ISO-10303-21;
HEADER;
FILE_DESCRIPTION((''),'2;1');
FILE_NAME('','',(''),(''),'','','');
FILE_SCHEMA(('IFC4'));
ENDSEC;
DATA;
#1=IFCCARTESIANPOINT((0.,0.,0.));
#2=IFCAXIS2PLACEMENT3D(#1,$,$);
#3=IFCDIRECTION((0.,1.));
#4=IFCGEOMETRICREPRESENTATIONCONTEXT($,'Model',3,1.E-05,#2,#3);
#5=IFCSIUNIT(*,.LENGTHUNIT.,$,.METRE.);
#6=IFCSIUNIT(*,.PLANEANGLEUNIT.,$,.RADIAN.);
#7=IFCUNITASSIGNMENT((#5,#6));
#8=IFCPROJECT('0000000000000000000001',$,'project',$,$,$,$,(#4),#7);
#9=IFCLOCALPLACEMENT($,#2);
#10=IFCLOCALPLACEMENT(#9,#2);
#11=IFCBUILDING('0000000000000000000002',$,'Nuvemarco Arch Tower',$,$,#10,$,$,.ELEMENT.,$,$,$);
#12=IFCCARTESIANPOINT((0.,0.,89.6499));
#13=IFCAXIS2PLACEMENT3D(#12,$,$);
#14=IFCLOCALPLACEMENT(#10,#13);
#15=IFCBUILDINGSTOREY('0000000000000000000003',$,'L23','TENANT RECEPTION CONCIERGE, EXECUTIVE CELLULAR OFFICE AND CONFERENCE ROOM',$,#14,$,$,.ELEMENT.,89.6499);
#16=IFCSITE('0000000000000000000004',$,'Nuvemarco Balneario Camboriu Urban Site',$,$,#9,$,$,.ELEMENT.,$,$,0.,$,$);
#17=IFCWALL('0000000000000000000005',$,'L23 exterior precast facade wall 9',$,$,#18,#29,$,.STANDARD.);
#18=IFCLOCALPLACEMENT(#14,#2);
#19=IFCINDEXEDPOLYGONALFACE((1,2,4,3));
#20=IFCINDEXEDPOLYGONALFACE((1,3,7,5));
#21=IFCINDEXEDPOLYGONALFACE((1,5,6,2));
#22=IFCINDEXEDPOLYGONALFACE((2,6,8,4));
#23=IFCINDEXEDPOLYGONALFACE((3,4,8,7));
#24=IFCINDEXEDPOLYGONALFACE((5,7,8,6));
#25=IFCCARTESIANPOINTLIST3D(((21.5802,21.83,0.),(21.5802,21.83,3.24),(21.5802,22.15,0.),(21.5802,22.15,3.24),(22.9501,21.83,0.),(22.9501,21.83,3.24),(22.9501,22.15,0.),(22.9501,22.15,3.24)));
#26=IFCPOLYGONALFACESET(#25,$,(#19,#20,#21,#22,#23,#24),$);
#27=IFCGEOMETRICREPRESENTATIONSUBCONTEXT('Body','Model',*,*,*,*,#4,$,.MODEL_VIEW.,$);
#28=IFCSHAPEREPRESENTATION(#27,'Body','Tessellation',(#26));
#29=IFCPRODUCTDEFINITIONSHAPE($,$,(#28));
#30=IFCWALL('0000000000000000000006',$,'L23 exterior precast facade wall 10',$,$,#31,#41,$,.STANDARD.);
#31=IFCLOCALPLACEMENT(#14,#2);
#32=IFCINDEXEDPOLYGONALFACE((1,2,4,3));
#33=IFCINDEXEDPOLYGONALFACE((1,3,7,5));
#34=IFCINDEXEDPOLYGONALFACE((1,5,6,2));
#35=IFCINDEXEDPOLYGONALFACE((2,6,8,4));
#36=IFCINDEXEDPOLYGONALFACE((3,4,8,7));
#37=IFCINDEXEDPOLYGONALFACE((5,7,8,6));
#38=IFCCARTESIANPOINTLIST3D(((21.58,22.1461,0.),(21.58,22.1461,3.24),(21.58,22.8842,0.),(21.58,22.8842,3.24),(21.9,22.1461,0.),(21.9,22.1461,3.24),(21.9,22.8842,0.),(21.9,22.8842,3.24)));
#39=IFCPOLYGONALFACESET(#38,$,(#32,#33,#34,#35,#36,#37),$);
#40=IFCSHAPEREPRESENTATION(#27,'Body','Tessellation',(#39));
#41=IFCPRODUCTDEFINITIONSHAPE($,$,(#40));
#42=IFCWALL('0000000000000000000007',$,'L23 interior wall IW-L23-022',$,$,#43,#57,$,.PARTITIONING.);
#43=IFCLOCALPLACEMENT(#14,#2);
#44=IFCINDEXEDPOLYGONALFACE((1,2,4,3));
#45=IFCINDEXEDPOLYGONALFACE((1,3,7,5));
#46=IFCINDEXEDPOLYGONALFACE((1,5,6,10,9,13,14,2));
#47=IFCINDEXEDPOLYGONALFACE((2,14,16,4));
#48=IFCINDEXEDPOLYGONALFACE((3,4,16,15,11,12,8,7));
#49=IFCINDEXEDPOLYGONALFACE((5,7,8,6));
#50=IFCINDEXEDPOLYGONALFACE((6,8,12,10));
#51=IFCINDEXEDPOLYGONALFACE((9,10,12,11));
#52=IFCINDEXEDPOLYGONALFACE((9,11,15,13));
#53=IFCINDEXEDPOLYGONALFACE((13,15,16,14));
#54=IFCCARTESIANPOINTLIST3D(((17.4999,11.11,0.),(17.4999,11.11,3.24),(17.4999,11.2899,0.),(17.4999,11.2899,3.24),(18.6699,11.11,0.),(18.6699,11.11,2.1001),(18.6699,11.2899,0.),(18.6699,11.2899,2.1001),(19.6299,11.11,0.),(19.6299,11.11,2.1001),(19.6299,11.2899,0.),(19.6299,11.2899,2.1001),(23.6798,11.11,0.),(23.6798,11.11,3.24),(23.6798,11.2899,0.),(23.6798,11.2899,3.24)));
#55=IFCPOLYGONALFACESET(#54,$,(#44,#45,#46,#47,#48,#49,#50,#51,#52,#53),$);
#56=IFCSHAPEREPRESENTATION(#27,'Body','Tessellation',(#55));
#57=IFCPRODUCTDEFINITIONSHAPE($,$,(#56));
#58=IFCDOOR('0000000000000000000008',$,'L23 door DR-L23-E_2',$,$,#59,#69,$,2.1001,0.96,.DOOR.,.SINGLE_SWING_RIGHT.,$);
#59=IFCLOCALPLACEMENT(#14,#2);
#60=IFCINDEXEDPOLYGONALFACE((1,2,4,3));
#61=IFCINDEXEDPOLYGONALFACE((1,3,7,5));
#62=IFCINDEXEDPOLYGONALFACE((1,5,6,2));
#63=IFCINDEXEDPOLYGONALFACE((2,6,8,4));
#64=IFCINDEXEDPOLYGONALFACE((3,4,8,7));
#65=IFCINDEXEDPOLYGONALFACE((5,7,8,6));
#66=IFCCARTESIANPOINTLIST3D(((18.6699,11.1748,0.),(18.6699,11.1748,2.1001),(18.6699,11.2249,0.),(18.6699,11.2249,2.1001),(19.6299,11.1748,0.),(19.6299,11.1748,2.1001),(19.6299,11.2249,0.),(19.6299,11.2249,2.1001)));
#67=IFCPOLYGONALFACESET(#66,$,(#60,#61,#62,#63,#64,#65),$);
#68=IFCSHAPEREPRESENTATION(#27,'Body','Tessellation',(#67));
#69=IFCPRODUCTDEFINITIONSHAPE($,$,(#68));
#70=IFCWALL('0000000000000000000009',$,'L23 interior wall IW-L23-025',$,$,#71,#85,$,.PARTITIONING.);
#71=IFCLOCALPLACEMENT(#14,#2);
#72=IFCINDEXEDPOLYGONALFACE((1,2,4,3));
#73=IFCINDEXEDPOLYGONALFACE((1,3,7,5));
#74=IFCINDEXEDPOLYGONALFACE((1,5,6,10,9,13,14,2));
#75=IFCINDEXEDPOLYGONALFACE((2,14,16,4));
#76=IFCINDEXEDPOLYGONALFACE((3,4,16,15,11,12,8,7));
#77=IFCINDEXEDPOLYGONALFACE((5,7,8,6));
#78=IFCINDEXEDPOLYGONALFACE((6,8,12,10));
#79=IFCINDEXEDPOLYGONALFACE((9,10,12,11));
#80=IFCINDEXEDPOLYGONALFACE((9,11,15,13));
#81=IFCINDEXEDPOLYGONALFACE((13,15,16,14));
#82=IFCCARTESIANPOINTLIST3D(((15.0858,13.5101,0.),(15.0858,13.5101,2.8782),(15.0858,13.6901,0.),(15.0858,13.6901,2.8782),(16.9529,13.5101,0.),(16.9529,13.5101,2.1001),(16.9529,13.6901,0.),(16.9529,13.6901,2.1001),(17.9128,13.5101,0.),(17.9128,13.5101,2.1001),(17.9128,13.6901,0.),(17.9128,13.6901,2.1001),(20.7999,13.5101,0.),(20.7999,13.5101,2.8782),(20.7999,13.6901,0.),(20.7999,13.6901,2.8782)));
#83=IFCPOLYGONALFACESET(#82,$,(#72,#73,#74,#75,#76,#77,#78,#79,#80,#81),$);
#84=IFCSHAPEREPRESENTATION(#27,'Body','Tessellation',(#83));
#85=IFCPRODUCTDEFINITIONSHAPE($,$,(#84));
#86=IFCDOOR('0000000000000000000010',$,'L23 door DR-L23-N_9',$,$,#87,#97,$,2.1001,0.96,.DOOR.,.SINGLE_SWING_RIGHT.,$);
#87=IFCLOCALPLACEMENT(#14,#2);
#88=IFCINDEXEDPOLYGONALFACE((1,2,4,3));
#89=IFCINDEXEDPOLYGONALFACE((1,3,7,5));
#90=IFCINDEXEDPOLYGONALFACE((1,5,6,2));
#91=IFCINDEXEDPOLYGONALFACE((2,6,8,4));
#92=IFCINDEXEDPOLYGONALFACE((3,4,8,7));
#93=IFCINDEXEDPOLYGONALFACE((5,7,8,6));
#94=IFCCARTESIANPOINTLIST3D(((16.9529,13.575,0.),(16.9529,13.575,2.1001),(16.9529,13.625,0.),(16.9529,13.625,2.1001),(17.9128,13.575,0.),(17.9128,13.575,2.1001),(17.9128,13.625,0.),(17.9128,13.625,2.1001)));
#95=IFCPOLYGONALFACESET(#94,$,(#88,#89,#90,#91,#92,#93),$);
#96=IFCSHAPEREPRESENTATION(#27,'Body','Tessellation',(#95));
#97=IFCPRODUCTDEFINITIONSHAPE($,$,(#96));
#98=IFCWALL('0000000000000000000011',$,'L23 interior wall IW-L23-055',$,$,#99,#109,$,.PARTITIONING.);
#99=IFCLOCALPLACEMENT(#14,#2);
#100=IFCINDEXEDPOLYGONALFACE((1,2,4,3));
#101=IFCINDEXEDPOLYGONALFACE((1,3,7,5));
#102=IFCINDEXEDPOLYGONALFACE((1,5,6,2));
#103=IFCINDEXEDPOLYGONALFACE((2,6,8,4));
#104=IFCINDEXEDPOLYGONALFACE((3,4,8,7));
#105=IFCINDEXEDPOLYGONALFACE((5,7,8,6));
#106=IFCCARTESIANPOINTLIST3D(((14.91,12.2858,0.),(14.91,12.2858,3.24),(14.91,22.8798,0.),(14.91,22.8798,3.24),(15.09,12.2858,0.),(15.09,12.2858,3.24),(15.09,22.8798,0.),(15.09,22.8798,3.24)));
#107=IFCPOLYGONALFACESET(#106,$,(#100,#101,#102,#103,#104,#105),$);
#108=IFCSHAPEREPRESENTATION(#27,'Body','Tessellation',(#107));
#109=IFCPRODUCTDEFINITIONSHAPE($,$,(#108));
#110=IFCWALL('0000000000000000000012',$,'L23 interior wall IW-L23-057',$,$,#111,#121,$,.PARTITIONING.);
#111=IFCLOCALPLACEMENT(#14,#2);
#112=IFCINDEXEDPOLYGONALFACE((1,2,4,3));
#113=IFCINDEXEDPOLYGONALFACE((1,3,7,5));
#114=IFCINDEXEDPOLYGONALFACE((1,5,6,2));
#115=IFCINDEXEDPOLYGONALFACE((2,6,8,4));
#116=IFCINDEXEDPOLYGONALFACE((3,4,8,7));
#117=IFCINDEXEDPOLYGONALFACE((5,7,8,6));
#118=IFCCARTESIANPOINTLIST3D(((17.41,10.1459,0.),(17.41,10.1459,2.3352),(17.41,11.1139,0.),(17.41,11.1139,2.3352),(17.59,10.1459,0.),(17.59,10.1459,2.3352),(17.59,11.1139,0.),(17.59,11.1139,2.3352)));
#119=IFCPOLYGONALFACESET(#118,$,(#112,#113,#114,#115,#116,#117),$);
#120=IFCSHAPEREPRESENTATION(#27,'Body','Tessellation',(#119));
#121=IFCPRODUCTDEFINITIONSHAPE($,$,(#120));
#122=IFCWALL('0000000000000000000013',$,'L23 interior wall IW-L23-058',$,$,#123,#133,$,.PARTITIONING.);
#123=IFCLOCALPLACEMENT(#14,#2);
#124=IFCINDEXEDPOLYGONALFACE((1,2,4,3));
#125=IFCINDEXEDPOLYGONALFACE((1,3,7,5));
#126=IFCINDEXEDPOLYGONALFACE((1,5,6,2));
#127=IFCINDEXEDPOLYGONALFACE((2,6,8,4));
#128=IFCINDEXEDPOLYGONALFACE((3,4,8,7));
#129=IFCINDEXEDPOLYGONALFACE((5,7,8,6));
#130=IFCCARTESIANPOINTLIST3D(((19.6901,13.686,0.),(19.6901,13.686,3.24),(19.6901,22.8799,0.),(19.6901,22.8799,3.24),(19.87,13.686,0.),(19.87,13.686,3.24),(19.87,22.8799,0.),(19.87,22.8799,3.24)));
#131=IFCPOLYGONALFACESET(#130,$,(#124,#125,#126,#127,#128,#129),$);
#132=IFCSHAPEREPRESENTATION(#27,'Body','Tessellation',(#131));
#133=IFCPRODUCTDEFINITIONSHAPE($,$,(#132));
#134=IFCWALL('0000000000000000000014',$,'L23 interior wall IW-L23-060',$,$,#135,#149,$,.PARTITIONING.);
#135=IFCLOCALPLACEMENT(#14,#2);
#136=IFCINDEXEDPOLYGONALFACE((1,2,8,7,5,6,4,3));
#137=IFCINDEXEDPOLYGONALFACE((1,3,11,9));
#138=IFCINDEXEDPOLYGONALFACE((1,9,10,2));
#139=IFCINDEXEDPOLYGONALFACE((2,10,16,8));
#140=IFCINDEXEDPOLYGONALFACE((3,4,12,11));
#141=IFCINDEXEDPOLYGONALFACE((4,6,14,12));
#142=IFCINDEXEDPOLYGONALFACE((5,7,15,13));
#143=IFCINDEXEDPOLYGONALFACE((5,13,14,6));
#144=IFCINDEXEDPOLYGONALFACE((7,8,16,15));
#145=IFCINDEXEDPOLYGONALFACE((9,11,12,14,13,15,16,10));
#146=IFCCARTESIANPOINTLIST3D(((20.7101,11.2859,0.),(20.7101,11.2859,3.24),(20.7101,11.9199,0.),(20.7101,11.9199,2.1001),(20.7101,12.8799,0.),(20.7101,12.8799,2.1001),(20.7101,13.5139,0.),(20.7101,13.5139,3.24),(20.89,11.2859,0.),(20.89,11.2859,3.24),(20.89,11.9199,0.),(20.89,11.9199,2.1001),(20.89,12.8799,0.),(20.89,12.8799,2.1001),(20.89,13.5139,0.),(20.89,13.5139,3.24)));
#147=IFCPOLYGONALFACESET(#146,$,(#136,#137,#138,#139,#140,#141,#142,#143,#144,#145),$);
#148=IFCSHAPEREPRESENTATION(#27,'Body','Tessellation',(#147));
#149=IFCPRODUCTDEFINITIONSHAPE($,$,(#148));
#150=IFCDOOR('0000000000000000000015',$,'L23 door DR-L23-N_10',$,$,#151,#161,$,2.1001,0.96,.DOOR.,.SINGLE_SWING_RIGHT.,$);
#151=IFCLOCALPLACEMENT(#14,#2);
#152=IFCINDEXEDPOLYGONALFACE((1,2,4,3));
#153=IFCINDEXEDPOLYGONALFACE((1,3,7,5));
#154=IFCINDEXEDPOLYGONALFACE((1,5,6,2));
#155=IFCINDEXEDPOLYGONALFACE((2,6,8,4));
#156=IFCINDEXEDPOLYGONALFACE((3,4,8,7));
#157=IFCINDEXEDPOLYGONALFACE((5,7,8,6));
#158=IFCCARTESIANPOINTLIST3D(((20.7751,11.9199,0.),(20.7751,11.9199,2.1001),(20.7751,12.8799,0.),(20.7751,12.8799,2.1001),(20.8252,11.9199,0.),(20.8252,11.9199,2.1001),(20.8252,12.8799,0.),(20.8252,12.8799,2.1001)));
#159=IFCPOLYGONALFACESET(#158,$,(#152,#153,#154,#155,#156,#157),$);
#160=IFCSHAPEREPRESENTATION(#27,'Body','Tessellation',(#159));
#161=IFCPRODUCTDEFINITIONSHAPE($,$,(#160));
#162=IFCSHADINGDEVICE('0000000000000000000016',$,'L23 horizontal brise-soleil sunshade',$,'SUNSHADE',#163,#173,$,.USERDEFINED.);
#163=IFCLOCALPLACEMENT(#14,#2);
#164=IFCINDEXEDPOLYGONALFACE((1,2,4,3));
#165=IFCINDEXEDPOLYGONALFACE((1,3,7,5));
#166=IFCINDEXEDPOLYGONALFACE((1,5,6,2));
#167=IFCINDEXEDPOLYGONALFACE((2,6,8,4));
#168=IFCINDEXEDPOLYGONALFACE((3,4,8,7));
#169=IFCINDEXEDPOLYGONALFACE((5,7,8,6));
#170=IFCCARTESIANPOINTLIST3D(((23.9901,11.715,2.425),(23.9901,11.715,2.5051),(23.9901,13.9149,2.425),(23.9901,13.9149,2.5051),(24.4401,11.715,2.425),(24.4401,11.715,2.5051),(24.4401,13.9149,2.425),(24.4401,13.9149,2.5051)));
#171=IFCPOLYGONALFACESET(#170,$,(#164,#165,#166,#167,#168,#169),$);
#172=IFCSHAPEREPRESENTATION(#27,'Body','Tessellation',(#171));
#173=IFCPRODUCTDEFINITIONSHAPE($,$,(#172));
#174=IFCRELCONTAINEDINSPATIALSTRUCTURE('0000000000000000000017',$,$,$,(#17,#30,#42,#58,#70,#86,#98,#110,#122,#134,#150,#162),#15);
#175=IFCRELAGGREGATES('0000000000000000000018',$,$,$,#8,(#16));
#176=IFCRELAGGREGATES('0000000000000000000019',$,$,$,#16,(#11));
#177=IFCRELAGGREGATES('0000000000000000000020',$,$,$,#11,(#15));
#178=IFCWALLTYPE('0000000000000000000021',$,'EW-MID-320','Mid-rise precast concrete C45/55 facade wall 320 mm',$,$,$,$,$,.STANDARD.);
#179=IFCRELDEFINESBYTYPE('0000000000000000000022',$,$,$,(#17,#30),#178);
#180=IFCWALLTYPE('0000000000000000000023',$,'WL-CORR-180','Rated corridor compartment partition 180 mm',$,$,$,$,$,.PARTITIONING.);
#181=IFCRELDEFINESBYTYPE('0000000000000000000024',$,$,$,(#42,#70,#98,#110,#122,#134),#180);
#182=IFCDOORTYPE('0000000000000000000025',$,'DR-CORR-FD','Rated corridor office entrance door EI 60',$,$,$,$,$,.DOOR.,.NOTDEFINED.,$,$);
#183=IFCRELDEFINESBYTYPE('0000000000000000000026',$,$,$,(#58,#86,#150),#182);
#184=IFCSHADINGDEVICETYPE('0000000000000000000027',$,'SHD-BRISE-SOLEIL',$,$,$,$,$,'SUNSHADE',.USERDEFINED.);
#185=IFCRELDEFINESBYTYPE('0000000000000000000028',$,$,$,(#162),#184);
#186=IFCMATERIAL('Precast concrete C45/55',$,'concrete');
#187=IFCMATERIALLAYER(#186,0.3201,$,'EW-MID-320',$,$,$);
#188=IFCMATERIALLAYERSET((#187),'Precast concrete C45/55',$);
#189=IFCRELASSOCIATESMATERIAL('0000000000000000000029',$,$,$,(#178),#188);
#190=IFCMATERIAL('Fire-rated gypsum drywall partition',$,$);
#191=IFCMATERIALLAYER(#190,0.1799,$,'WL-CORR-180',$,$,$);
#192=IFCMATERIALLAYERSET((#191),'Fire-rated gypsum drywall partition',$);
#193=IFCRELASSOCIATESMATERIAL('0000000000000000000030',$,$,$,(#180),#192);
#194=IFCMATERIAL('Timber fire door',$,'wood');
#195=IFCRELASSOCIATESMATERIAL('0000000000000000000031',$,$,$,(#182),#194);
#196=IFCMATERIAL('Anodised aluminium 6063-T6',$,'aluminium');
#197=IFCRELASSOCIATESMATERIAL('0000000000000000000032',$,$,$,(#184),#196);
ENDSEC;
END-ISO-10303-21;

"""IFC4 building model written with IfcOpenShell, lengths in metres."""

from ifc_helpers import new_model, si_unit, direction, frame, frame_2d, origin, origin_2d, place, context, subcontext, project, spatial, rectangle, extrude, source, transform, mapped, material, layer, layer_set, type_object, type_shapes, element, fill, save


model = new_model("IFC4")

# Units and contexts
model_context = context("Model", 3, precision=1e-05, world=origin(), true_north=direction((0.0, 1.0)))
body_context = subcontext(model_context, "Body", "Model", "MODEL_VIEW")
ifc_project = project(units=[si_unit("LENGTHUNIT", "METRE"), si_unit("PLANEANGLEUNIT", "RADIAN")], contexts=[model_context])

# Site, building, storey
site_placement = place(None, origin())
site = spatial("IfcSite", under=ifc_project, at=site_placement, Name="Nuvemarco Balneario Camboriu Urban Site", CompositionType="ELEMENT", RefElevation=0.0)
building_placement = place(site_placement, origin())
building = spatial("IfcBuilding", under=site, at=building_placement, Name="Nuvemarco Arch Tower", CompositionType="ELEMENT")
storey_placement = place(building_placement, frame((0.0, 0.0, 89.6499)))
storey = spatial("IfcBuildingStorey", under=building, at=storey_placement, Name="L23", Description="TENANT RECEPTION CONCIERGE, EXECUTIVE CELLULAR OFFICE AND CONFERENCE ROOM", CompositionType="ELEMENT", Elevation=89.6499)

# Shared definitions
ifc_material_1 = material(Name="Precast concrete C45/55", Category="concrete")

# Walls
ifc_layer_1 = layer(ifc_material_1, 0.3201, Name="EW-MID-320")
ifc_layer_set_1 = layer_set([ifc_layer_1], Name="Precast concrete C45/55")
wall_type_1 = type_object("IfcWallType", Name="EW-MID-320", Description="Mid-rise precast concrete C45/55 facade wall 320 mm", PredefinedType="STANDARD", material=ifc_layer_set_1)
wall_1_placement = place(storey_placement, frame((21.5801, 21.99, 0.0), z_axis=(0.0, 0.0, 1.0), x_axis=(1.0, 0.0, 0.0)))
element("IfcWall", 1, at=wall_1_placement, inside=storey, type_object=wall_type_1, Name="L23 exterior precast facade wall 9", PredefinedType="STANDARD", context=body_context, shape_type="SweptSolid", body=[
    extrude(rectangle(XDim=1.3699, YDim=0.3201, at=frame_2d((0.6851, 0.0))), origin(), (0.0, 0.0, 1.0), 3.24),
])
wall_2_placement = place(storey_placement, frame((21.74, 22.146, 0.0), z_axis=(0.0, 0.0, 1.0), x_axis=(0.0, 1.0, 0.0)))
element("IfcWall", 2, at=wall_2_placement, inside=storey, type_object=wall_type_1, Name="L23 exterior precast facade wall 10", PredefinedType="STANDARD", context=body_context, shape_type="SweptSolid", body=[
    extrude(rectangle(XDim=0.738, YDim=0.3201, at=frame_2d((0.3691, 0.0))), origin(), (0.0, 0.0, 1.0), 3.24),
])

# Walls, openings, doors
ifc_material_2 = material(Name="Fire-rated gypsum drywall partition")
ifc_layer_2 = layer(ifc_material_2, 0.1799, Name="WL-CORR-180")
ifc_layer_set_2 = layer_set([ifc_layer_2], Name="Fire-rated gypsum drywall partition")
wall_type_2 = type_object("IfcWallType", Name="WL-CORR-180", Description="Rated corridor compartment partition 180 mm", PredefinedType="PARTITIONING", material=ifc_layer_set_2)
wall_3_placement = place(storey_placement, frame((17.5, 11.2, 0.0), z_axis=(0.0, 0.0, 1.0), x_axis=(1.0, 0.0, 0.0)))
wall_3 = element("IfcWall", 3, at=wall_3_placement, inside=storey, type_object=wall_type_2, Name="L23 interior wall IW-L23-022", PredefinedType="PARTITIONING", context=body_context, shape_type="SweptSolid", body=[
    extrude(rectangle(XDim=6.1799, YDim=0.1799, at=frame_2d((3.0898, 0.0))), origin(), (0.0, 0.0, 1.0), 3.24),
])
opening_1_placement = place(wall_3_placement, frame((1.1699, 0.0, 0.0)))
opening_1 = element("IfcOpeningElement", 4, at=opening_1_placement, cuts=wall_3, PredefinedType="OPENING", context=body_context, shape_type="SweptSolid", body=[
    extrude(rectangle(XDim=0.96, YDim=2.1001, at=frame_2d((0.48, 1.05))), frame((0.0, 0.0999, 0.0), z_axis=(0.0, -1.0, 0.0), x_axis=(1.0, 0.0, 0.0)), (0.0, 0.0, 1.0), 0.2),
])
ifc_material_3 = material(Name="Timber fire door", Category="wood")
door_type = type_object("IfcDoorType", Name="DR-CORR-FD", Description="Rated corridor office entrance door EI 60", OperationType="NOTDEFINED", PredefinedType="DOOR", material=ifc_material_3)
shared_shape_1 = source(origin(), body_context, "Body", "SweptSolid", [
    extrude(rectangle(XDim=0.96, YDim=2.1001, at=frame_2d((0.48, 1.05))), frame((0.0, 0.0249, 0.0), z_axis=(0.0, -1.0, 0.0), x_axis=(1.0, 0.0, 0.0)), (0.0, 0.0, 1.0), 0.05),
])
type_shapes(door_type, [shared_shape_1])
door_1_placement = place(opening_1_placement, origin())
door_1 = element("IfcDoor", 5, at=door_1_placement, inside=storey, type_object=door_type, Name="L23 door DR-L23-E_2", OperationType="SINGLE_SWING_RIGHT", OverallHeight=2.1001, OverallWidth=0.96, PredefinedType="DOOR", context=body_context, shape_type="MappedRepresentation", body=[
    mapped(shared_shape_1, transform((0.0, 0.0, 0.0), scale=1.0)),
])
fill(opening_1, door_1)
wall_4_placement = place(storey_placement, frame((15.0859, 13.6001, 0.0), z_axis=(0.0, 0.0, 1.0), x_axis=(1.0, 0.0, 0.0)))
wall_4 = element("IfcWall", 6, at=wall_4_placement, inside=storey, type_object=wall_type_2, Name="L23 interior wall IW-L23-025", PredefinedType="PARTITIONING", context=body_context, shape_type="SweptSolid", body=[
    extrude(rectangle(XDim=5.7141, YDim=0.1799, at=frame_2d((2.8569, 0.0))), origin(), (0.0, 0.0, 1.0), 2.8782),
])
opening_2_placement = place(wall_4_placement, frame((1.8669, 0.0, 0.0)))
opening_2 = element("IfcOpeningElement", 7, at=opening_2_placement, cuts=wall_4, PredefinedType="OPENING", context=body_context, shape_type="SweptSolid", body=[
    extrude(rectangle(XDim=0.96, YDim=2.1001, at=frame_2d((0.48, 1.05))), frame((0.0, 0.0999, 0.0), z_axis=(0.0, -1.0, 0.0), x_axis=(1.0, 0.0, 0.0)), (0.0, 0.0, 1.0), 0.2),
])
door_2_placement = place(opening_2_placement, origin())
door_2 = element("IfcDoor", 8, at=door_2_placement, inside=storey, type_object=door_type, Name="L23 door DR-L23-N_9", OperationType="SINGLE_SWING_RIGHT", OverallHeight=2.1001, OverallWidth=0.96, PredefinedType="DOOR", context=body_context, shape_type="MappedRepresentation", body=[
    mapped(shared_shape_1, transform((0.0, 0.0, 0.0), scale=1.0)),
])
fill(opening_2, door_2)

# Walls
wall_5_placement = place(storey_placement, frame((15.0, 12.2859, 0.0), z_axis=(0.0, 0.0, 1.0), x_axis=(0.0, 1.0, 0.0)))
element("IfcWall", 9, at=wall_5_placement, inside=storey, type_object=wall_type_2, Name="L23 interior wall IW-L23-055", PredefinedType="PARTITIONING", context=body_context, shape_type="SweptSolid", body=[
    extrude(rectangle(XDim=10.594, YDim=0.1799, at=frame_2d((5.2969, 0.0))), origin(), (0.0, 0.0, 1.0), 3.24),
])
wall_6_placement = place(storey_placement, frame((17.5, 10.146, 0.0), z_axis=(0.0, 0.0, 1.0), x_axis=(0.0, 1.0, 0.0)))
element("IfcWall", 10, at=wall_6_placement, inside=storey, type_object=wall_type_2, Name="L23 interior wall IW-L23-057", PredefinedType="PARTITIONING", context=body_context, shape_type="SweptSolid", body=[
    extrude(rectangle(XDim=0.968, YDim=0.1799, at=frame_2d((0.4839, 0.0))), origin(), (0.0, 0.0, 1.0), 2.3352),
])
wall_7_placement = place(storey_placement, frame((19.78, 13.686, 0.0), z_axis=(0.0, 0.0, 1.0), x_axis=(0.0, 1.0, 0.0)))
element("IfcWall", 11, at=wall_7_placement, inside=storey, type_object=wall_type_2, Name="L23 interior wall IW-L23-058", PredefinedType="PARTITIONING", context=body_context, shape_type="SweptSolid", body=[
    extrude(rectangle(XDim=9.1938, YDim=0.1799, at=frame_2d((4.5969, 0.0))), origin(), (0.0, 0.0, 1.0), 3.24),
])

# Wall, opening, door
wall_8_placement = place(storey_placement, frame((20.8, 11.2859, 0.0), z_axis=(0.0, 0.0, 1.0), x_axis=(0.0, 1.0, 0.0)))
wall_8 = element("IfcWall", 12, at=wall_8_placement, inside=storey, type_object=wall_type_2, Name="L23 interior wall IW-L23-060", PredefinedType="PARTITIONING", context=body_context, shape_type="SweptSolid", body=[
    extrude(rectangle(XDim=2.228, YDim=0.1799, at=frame_2d((1.114, 0.0))), origin(), (0.0, 0.0, 1.0), 3.24),
])
opening_3_placement = place(wall_8_placement, frame((0.634, 0.0, 0.0)))
opening_3 = element("IfcOpeningElement", 13, at=opening_3_placement, cuts=wall_8, PredefinedType="OPENING", context=body_context, shape_type="SweptSolid", body=[
    extrude(rectangle(XDim=0.96, YDim=2.1001, at=frame_2d((0.48, 1.05))), frame((0.0, 0.0999, 0.0), z_axis=(0.0, -1.0, 0.0), x_axis=(1.0, 0.0, 0.0)), (0.0, 0.0, 1.0), 0.2),
])
door_3_placement = place(opening_3_placement, origin())
door_3 = element("IfcDoor", 14, at=door_3_placement, inside=storey, type_object=door_type, Name="L23 door DR-L23-N_10", OperationType="SINGLE_SWING_RIGHT", OverallHeight=2.1001, OverallWidth=0.96, PredefinedType="DOOR", context=body_context, shape_type="MappedRepresentation", body=[
    mapped(shared_shape_1, transform((0.0, 0.0, 0.0), scale=1.0)),
])
fill(opening_3, door_3)

# Shading device
ifc_material_4 = material(Name="Anodised aluminium 6063-T6", Category="aluminium")
shading_device_type_1 = type_object("IfcShadingDeviceType", Name="SHD-BRISE-SOLEIL", ElementType="SUNSHADE", PredefinedType="USERDEFINED", material=ifc_material_4)
shared_shape_2 = source(origin(), body_context, "Body", "SweptSolid", [
    extrude(rectangle(XDim=2.2, YDim=0.45, at=origin_2d()), origin(), (0.0, 0.0, 1.0), 0.0801),
])
type_shapes(shading_device_type_1, [shared_shape_2])
shading_device_placement = place(storey_placement, frame((24.2151, 12.8149, 2.425), z_axis=(0.0, 0.0, 1.0), x_axis=(0.0, 1.0, 0.0)))
element("IfcShadingDevice", 15, at=shading_device_placement, inside=storey, type_object=shading_device_type_1, Name="L23 horizontal brise-soleil sunshade", ObjectType="SUNSHADE", PredefinedType="USERDEFINED", context=body_context, shape_type="MappedRepresentation", body=[
    mapped(shared_shape_2, transform((0.0, 0.0, 0.0), scale=1.0)),
])

save(model, "model.ifc")
